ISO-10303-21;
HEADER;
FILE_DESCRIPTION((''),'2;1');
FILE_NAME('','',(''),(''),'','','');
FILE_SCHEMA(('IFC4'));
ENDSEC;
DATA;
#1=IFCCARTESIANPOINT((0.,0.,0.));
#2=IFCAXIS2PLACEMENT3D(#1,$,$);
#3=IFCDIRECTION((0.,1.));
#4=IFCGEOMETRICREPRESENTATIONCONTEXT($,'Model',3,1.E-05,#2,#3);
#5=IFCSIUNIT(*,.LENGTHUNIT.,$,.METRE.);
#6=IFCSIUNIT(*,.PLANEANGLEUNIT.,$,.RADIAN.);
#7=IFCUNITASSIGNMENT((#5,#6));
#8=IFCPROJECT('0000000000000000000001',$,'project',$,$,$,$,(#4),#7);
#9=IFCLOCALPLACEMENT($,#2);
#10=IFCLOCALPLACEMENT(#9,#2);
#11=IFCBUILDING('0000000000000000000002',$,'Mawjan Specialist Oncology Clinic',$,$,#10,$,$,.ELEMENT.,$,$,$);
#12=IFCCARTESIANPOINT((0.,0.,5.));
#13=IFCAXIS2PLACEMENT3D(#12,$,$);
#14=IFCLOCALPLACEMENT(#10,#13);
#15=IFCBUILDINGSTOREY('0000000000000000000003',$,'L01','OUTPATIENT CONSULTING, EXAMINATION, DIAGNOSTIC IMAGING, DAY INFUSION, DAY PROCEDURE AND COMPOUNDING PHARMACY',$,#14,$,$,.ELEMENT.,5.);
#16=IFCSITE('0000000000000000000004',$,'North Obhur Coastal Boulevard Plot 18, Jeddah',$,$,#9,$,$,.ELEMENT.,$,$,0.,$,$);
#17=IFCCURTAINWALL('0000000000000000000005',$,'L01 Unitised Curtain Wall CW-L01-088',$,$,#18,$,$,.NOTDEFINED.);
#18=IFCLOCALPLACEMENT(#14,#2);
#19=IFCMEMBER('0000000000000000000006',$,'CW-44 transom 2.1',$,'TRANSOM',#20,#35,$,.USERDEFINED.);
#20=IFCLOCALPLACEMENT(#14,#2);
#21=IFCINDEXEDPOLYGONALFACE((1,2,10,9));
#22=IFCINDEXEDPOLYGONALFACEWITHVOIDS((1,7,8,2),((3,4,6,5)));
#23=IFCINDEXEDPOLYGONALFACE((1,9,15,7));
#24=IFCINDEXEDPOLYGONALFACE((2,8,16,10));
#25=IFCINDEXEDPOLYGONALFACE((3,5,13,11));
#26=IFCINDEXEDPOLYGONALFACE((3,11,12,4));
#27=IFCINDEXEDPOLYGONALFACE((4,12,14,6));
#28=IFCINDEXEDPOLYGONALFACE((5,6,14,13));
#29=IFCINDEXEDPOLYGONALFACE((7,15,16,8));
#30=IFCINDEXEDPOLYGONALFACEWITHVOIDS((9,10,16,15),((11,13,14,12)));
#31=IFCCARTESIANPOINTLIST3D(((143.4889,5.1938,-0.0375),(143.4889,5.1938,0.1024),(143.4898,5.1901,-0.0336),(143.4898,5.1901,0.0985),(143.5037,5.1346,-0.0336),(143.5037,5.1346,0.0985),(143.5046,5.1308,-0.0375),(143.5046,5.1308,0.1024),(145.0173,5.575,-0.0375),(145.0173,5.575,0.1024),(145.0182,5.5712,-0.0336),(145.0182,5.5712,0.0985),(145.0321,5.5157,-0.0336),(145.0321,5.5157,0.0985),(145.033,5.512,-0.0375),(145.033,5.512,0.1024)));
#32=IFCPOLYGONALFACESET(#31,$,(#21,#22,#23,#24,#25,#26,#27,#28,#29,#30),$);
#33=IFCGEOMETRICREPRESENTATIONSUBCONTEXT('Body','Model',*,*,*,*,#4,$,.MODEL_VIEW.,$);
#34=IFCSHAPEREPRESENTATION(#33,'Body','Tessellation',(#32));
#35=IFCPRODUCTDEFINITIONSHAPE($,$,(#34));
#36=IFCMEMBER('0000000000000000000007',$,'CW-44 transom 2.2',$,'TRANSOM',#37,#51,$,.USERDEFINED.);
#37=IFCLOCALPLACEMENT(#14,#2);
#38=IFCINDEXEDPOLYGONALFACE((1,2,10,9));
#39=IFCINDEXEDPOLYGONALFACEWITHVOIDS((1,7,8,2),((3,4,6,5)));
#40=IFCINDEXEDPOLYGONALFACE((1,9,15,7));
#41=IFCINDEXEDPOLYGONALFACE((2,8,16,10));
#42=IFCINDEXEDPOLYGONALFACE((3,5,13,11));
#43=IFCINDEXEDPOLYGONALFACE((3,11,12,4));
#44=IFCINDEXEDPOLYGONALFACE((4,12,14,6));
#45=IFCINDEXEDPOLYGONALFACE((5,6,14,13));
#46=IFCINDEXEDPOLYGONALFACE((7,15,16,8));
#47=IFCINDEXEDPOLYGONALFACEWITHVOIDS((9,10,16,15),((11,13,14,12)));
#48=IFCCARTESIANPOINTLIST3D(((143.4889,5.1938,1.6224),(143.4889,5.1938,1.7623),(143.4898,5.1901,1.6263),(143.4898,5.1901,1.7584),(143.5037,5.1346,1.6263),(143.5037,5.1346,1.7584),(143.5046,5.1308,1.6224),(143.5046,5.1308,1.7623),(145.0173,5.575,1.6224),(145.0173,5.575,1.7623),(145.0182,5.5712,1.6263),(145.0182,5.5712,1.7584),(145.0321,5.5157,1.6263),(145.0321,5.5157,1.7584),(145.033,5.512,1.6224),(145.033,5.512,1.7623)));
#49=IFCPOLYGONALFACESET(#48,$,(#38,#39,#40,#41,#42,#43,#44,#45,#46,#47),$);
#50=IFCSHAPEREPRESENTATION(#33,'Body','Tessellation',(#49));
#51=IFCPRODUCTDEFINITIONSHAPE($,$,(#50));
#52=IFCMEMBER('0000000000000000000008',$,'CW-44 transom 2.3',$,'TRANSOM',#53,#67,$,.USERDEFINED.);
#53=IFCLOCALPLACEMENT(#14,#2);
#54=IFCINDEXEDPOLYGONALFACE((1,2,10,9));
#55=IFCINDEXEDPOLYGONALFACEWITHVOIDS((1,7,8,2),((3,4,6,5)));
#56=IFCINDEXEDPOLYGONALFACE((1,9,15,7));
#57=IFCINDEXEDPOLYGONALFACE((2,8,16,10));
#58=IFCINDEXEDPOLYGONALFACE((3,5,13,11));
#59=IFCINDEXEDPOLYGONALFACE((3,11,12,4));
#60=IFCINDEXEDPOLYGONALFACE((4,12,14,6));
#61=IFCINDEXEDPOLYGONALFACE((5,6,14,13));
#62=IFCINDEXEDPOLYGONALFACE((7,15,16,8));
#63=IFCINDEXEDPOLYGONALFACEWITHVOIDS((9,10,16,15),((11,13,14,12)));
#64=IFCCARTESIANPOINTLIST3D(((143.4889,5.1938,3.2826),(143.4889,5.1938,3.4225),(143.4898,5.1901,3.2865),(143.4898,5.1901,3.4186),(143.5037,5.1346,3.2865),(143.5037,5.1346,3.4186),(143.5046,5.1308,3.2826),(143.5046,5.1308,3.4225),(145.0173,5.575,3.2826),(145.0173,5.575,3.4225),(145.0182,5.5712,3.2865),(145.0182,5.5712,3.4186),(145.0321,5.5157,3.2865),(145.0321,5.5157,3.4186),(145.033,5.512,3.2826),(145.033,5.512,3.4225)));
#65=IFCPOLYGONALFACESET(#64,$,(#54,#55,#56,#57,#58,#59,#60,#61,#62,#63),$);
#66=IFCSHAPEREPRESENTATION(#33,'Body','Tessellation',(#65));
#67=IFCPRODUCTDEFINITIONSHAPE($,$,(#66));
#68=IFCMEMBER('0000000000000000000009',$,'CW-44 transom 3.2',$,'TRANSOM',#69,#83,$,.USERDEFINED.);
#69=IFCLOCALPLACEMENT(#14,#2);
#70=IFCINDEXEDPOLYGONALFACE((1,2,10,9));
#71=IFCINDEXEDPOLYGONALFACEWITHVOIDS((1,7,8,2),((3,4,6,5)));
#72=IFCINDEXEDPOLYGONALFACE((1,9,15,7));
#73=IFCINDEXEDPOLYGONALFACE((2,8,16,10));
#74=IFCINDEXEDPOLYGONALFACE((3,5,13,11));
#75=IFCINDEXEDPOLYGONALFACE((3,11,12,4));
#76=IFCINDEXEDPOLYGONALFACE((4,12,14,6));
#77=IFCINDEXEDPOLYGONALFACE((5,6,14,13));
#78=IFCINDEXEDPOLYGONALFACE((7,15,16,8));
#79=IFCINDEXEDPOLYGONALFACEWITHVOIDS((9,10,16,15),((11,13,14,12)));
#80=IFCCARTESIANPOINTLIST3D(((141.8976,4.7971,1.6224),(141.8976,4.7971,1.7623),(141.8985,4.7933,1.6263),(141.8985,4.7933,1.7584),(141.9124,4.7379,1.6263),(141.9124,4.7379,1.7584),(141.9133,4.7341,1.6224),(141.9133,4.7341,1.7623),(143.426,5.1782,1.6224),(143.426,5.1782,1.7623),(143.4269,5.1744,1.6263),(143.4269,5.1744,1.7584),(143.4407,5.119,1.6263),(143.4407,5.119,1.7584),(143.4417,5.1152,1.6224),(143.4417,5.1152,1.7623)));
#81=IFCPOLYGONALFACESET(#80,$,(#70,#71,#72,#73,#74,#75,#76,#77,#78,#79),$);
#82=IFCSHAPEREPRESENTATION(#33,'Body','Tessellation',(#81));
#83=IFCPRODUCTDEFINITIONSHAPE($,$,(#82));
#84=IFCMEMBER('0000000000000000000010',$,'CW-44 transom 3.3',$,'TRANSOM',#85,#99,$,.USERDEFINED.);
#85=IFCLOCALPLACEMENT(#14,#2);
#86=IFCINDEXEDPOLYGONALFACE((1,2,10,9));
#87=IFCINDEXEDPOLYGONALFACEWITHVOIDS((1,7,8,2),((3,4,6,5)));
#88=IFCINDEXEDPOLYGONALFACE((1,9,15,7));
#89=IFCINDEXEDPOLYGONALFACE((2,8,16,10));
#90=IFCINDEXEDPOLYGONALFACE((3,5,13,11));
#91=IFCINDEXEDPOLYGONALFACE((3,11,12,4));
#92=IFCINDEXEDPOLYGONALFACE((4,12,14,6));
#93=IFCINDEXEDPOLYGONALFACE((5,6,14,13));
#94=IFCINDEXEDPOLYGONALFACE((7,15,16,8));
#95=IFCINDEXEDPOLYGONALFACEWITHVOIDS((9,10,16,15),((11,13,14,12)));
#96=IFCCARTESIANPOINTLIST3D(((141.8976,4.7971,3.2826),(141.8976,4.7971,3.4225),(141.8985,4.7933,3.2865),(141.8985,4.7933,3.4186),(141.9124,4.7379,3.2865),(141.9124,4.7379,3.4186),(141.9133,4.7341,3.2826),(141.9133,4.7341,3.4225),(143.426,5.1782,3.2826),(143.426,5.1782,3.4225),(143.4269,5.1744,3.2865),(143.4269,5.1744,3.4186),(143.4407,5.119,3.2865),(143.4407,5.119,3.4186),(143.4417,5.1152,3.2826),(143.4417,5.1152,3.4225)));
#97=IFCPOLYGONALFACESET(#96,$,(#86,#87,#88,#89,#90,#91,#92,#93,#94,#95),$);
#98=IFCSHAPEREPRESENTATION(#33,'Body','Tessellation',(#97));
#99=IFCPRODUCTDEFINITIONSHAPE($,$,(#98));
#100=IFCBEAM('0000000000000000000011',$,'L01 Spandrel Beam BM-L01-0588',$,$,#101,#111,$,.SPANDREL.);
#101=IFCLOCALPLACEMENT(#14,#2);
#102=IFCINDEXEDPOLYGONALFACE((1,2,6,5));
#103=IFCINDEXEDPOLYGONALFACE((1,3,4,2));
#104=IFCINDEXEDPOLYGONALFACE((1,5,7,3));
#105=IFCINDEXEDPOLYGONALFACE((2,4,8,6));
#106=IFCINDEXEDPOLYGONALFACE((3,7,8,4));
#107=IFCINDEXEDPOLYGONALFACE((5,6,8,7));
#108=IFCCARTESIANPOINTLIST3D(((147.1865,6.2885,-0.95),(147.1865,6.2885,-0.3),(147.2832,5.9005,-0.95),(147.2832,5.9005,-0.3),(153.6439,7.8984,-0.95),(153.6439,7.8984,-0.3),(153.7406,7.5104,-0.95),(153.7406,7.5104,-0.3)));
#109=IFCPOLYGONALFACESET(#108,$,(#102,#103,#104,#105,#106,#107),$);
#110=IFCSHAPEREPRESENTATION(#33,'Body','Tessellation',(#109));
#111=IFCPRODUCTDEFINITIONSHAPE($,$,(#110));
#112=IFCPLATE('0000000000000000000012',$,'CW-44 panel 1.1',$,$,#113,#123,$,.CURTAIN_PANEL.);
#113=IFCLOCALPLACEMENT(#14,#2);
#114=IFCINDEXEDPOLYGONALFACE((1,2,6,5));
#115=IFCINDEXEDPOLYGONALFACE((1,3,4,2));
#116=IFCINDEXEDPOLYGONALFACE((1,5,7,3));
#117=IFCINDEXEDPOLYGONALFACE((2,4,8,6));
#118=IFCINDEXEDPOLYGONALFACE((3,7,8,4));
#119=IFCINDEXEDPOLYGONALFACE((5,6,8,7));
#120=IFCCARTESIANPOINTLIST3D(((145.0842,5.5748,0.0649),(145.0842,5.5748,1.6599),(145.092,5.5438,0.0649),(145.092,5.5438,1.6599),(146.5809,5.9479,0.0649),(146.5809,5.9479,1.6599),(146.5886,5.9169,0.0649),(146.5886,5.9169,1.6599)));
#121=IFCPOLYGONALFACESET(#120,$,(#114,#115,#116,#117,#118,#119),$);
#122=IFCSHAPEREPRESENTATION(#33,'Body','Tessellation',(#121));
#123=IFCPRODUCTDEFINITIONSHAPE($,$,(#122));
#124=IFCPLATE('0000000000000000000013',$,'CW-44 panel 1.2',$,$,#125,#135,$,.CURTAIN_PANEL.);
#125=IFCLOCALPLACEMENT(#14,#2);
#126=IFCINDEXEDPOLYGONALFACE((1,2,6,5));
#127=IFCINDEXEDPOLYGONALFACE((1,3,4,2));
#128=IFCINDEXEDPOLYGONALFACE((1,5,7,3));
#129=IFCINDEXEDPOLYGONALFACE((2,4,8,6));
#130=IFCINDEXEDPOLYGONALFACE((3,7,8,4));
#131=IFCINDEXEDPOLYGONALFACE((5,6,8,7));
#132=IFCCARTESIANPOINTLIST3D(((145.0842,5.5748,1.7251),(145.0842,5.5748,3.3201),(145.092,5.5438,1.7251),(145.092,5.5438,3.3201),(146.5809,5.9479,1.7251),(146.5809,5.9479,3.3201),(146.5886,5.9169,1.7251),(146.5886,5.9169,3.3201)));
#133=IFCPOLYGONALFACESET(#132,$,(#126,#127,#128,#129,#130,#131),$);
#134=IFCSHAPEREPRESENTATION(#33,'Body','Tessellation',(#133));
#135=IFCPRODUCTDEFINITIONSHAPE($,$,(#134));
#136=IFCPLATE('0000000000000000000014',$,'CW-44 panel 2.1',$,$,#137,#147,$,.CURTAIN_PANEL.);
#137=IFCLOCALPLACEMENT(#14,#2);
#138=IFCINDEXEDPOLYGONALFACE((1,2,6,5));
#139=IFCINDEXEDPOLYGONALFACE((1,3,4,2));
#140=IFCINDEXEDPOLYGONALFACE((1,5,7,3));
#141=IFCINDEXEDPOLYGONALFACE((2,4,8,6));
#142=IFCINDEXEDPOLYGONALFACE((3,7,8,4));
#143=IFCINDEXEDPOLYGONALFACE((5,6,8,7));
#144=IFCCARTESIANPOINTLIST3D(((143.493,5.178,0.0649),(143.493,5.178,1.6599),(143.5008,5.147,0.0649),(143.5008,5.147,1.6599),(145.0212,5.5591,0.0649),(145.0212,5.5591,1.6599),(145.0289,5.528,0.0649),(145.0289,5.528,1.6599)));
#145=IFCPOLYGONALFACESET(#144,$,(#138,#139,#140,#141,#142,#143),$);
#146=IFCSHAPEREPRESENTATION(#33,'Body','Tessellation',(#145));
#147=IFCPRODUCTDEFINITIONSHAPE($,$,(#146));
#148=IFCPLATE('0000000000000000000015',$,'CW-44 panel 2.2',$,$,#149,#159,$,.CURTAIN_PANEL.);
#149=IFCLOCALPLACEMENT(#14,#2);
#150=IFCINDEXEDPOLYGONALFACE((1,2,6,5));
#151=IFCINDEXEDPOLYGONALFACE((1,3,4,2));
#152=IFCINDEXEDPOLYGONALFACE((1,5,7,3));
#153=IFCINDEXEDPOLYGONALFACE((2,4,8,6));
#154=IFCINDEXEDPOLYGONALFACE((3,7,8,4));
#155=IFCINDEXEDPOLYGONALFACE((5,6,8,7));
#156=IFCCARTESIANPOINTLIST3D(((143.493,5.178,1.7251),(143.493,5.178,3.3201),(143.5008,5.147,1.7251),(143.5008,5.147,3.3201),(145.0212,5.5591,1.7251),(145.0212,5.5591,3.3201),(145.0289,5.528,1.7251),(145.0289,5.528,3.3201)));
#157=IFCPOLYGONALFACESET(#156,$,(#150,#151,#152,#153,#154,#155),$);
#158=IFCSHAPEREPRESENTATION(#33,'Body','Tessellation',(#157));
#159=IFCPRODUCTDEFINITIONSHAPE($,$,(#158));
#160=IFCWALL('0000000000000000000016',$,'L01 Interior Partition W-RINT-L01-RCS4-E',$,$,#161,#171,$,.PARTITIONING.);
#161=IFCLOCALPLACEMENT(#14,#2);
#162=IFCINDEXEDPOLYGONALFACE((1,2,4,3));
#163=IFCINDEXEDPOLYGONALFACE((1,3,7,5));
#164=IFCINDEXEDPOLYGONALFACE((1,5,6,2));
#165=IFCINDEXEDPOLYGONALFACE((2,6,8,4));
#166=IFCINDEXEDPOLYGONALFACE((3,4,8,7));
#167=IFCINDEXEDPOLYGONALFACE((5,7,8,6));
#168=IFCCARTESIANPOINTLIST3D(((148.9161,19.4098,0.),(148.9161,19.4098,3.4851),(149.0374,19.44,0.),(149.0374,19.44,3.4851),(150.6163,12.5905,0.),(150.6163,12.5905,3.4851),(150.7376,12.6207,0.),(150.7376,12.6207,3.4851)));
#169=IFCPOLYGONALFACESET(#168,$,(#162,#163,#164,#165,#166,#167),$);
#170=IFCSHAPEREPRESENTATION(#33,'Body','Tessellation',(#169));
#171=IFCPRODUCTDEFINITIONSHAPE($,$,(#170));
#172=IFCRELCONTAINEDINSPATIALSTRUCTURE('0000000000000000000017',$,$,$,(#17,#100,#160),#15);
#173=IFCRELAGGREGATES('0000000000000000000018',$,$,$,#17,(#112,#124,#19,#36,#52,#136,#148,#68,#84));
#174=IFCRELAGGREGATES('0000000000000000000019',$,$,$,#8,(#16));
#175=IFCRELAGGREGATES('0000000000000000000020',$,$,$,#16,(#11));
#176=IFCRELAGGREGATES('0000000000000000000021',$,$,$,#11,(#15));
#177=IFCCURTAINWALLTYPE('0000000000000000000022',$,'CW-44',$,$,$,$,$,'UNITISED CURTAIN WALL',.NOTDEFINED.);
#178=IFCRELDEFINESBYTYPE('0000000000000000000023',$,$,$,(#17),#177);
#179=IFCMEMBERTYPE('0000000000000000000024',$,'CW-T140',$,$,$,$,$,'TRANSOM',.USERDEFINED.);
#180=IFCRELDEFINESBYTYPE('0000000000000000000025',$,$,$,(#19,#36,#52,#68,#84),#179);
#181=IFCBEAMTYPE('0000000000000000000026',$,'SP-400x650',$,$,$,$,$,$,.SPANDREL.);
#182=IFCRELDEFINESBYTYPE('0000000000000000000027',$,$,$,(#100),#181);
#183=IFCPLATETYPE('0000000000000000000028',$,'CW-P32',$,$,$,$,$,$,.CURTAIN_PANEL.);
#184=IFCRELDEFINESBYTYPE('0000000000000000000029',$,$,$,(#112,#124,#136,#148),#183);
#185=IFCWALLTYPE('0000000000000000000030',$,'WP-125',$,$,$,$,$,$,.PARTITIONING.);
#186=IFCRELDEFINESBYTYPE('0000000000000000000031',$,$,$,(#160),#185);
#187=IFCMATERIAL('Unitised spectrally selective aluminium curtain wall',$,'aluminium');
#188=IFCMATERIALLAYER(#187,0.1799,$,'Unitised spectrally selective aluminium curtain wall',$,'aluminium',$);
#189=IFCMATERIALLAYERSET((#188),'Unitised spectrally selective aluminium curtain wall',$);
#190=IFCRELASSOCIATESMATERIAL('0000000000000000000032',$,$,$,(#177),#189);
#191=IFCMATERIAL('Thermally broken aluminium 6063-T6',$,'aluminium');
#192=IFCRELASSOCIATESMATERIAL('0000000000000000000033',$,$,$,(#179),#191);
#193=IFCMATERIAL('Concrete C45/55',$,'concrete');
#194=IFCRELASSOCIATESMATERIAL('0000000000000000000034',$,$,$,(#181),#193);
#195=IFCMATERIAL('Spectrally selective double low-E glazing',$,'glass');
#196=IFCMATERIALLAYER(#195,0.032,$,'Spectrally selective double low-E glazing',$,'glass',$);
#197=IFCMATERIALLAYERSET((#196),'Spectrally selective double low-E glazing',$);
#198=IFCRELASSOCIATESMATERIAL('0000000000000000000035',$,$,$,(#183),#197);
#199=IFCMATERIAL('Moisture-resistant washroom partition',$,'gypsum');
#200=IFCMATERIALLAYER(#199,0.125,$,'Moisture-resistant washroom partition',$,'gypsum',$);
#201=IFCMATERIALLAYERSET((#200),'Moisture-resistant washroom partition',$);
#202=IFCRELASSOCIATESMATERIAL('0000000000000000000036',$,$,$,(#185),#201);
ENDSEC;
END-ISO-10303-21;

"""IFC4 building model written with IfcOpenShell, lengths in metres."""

from ifc_helpers import new_model, si_unit, direction, frame, frame_2d, origin, origin_2d, place, context, subcontext, project, spatial, rectangle, hollow_rectangle, extrude, material, layer, layer_set, material_profile, profile_set, type_object, element, aggregate, save


model = new_model("IFC4")

# Units and contexts
model_context = context("Model", 3, precision=1e-05, world=origin(), true_north=direction((0.0, 1.0)))
body_context = subcontext(model_context, "Body", "Model", "MODEL_VIEW")
ifc_project = project(units=[si_unit("LENGTHUNIT", "METRE"), si_unit("PLANEANGLEUNIT", "RADIAN")], contexts=[model_context])

# Site, building, storey
site_placement = place(None, origin())
site = spatial("IfcSite", under=ifc_project, at=site_placement, Name="North Obhur Coastal Boulevard Plot 18, Jeddah", CompositionType="ELEMENT", RefElevation=0.0)
building_placement = place(site_placement, origin())
building = spatial("IfcBuilding", under=site, at=building_placement, Name="Mawjan Specialist Oncology Clinic", CompositionType="ELEMENT")
storey_placement = place(building_placement, frame((0.0, 0.0, 5.0)))
storey = spatial("IfcBuildingStorey", under=building, at=storey_placement, Name="L01", Description="OUTPATIENT CONSULTING, EXAMINATION, DIAGNOSTIC IMAGING, DAY INFUSION, DAY PROCEDURE AND COMPOUNDING PHARMACY", CompositionType="ELEMENT", Elevation=5.0)

# Curtain wall, members
ifc_material_1 = material(Name="Unitised spectrally selective aluminium curtain wall", Category="aluminium")
ifc_layer_1 = layer(ifc_material_1, 0.1799, Name="Unitised spectrally selective aluminium curtain wall", Category="aluminium")
ifc_layer_set_1 = layer_set([ifc_layer_1], Name="Unitised spectrally selective aluminium curtain wall")
curtain_wall_type = type_object("IfcCurtainWallType", Name="CW-44", ElementType="UNITISED CURTAIN WALL", PredefinedType="NOTDEFINED", material=ifc_layer_set_1)
curtain_wall_placement = place(storey_placement, origin())
curtain_wall = element("IfcCurtainWall", 1, at=curtain_wall_placement, inside=storey, type_object=curtain_wall_type, Name="L01 Unitised Curtain Wall CW-L01-088", PredefinedType="NOTDEFINED")
ifc_material_2 = material(Name="Thermally broken aluminium 6063-T6", Category="aluminium")
ifc_material_profile_1 = material_profile(ifc_material_2, hollow_rectangle(XDim=0.0649, YDim=0.1399, WallThickness=0.0039, at=origin_2d()), Name="ALU TRANSOM 140x65x4", Category="aluminium")
ifc_profile_set_1 = profile_set([ifc_material_profile_1], Name="Thermally broken aluminium 6063-T6")
member_type_1 = type_object("IfcMemberType", Name="CW-T140", ElementType="TRANSOM", PredefinedType="USERDEFINED", material=ifc_profile_set_1)
member_1_placement = place(storey_placement, frame((145.0251, 5.5435, 0.0325), z_axis=(-0.970288, -0.241952, 0.0), x_axis=(0.241952, -0.970288, 0.0)))
member_1 = element("IfcMember", 2, at=member_1_placement, type_object=member_type_1, Name="CW-44 transom 2.1", ObjectType="TRANSOM", PredefinedType="USERDEFINED", context=body_context, shape_type="SweptSolid", body=[
    extrude(hollow_rectangle(XDim=0.0649, YDim=0.1399, WallThickness=0.0039, at=origin_2d()), origin(), (0.0, 0.0, 1.0), 1.5752),
])
member_2_placement = place(storey_placement, frame((145.0251, 5.5435, 1.6924), z_axis=(-0.970288, -0.241952, 0.0), x_axis=(0.241952, -0.970288, 0.0)))
member_2 = element("IfcMember", 3, at=member_2_placement, type_object=member_type_1, Name="CW-44 transom 2.2", ObjectType="TRANSOM", PredefinedType="USERDEFINED", context=body_context, shape_type="SweptSolid", body=[
    extrude(hollow_rectangle(XDim=0.0649, YDim=0.1399, WallThickness=0.0039, at=origin_2d()), origin(), (0.0, 0.0, 1.0), 1.5752),
])
member_3_placement = place(storey_placement, frame((145.0251, 5.5435, 3.3525), z_axis=(-0.970288, -0.241952, 0.0), x_axis=(0.241952, -0.970288, 0.0)))
member_3 = element("IfcMember", 4, at=member_3_placement, type_object=member_type_1, Name="CW-44 transom 2.3", ObjectType="TRANSOM", PredefinedType="USERDEFINED", context=body_context, shape_type="SweptSolid", body=[
    extrude(hollow_rectangle(XDim=0.0649, YDim=0.1399, WallThickness=0.0039, at=origin_2d()), origin(), (0.0, 0.0, 1.0), 1.5752),
])
member_4_placement = place(storey_placement, frame((143.4338, 5.1467, 1.6924), z_axis=(-0.970288, -0.241952, 0.0), x_axis=(0.241952, -0.970288, 0.0)))
member_4 = element("IfcMember", 5, at=member_4_placement, type_object=member_type_1, Name="CW-44 transom 3.2", ObjectType="TRANSOM", PredefinedType="USERDEFINED", context=body_context, shape_type="SweptSolid", body=[
    extrude(hollow_rectangle(XDim=0.0649, YDim=0.1399, WallThickness=0.0039, at=origin_2d()), origin(), (0.0, 0.0, 1.0), 1.5752),
])
member_5_placement = place(storey_placement, frame((143.4338, 5.1467, 3.3525), z_axis=(-0.970288, -0.241952, 0.0), x_axis=(0.241952, -0.970288, 0.0)))
member_5 = element("IfcMember", 6, at=member_5_placement, type_object=member_type_1, Name="CW-44 transom 3.3", ObjectType="TRANSOM", PredefinedType="USERDEFINED", context=body_context, shape_type="SweptSolid", body=[
    extrude(hollow_rectangle(XDim=0.0649, YDim=0.1399, WallThickness=0.0039, at=origin_2d()), origin(), (0.0, 0.0, 1.0), 1.5752),
])

# Beam
ifc_material_3 = material(Name="Concrete C45/55", Category="concrete")
ifc_material_profile_2 = material_profile(ifc_material_3, rectangle(XDim=0.3999, YDim=0.6499, at=origin_2d()), Name="RC BM 400x650", Category="concrete")
ifc_profile_set_2 = profile_set([ifc_material_profile_2], Name="Concrete C45/55")
beam_type_1 = type_object("IfcBeamType", Name="SP-400x650", PredefinedType="SPANDREL", material=ifc_profile_set_2)
beam_1_placement = place(storey_placement, frame((147.2349, 6.0945, -0.625), z_axis=(0.9703, 0.241905, 0.0), x_axis=(-0.241905, 0.9703, 0.0)))
element("IfcBeam", 7, at=beam_1_placement, inside=storey, type_object=beam_type_1, Name="L01 Spandrel Beam BM-L01-0588", PredefinedType="SPANDREL", context=body_context, shape_type="SweptSolid", body=[
    extrude(rectangle(XDim=0.3999, YDim=0.6499, at=origin_2d()), origin(), (0.0, 0.0, 1.0), 6.655),
])

# Plates
ifc_material_4 = material(Name="Spectrally selective double low-E glazing", Category="glass")
ifc_layer_2 = layer(ifc_material_4, 0.032, Name="Spectrally selective double low-E glazing", Category="glass")
ifc_layer_set_2 = layer_set([ifc_layer_2], Name="Spectrally selective double low-E glazing")
plate_type = type_object("IfcPlateType", Name="CW-P32", PredefinedType="CURTAIN_PANEL", material=ifc_layer_set_2)
plate_1_placement = place(storey_placement, frame((145.8364, 5.7458, 0.0649), z_axis=(0.0, 0.0, 1.0), x_axis=(-0.970296, -0.241922, 0.0)))
plate_1 = element("IfcPlate", 8, at=plate_1_placement, type_object=plate_type, Name="CW-44 panel 1.1", PredefinedType="CURTAIN_PANEL", context=body_context, shape_type="SweptSolid", body=[
    extrude(rectangle(XDim=1.5425, YDim=0.032, at=origin_2d()), origin(), (0.0, 0.0, 1.0), 1.595),
])
plate_2_placement = place(storey_placement, frame((145.8364, 5.7458, 1.7251), z_axis=(0.0, 0.0, 1.0), x_axis=(-0.970296, -0.241922, 0.0)))
plate_2 = element("IfcPlate", 9, at=plate_2_placement, type_object=plate_type, Name="CW-44 panel 1.2", PredefinedType="CURTAIN_PANEL", context=body_context, shape_type="SweptSolid", body=[
    extrude(rectangle(XDim=1.5425, YDim=0.032, at=origin_2d()), origin(), (0.0, 0.0, 1.0), 1.595),
])
plate_3_placement = place(storey_placement, frame((144.261, 5.353, 0.0649), z_axis=(0.0, 0.0, 1.0), x_axis=(-0.970296, -0.241922, 0.0)))
plate_3 = element("IfcPlate", 10, at=plate_3_placement, type_object=plate_type, Name="CW-44 panel 2.1", PredefinedType="CURTAIN_PANEL", context=body_context, shape_type="SweptSolid", body=[
    extrude(rectangle(XDim=1.575, YDim=0.032, at=origin_2d()), origin(), (0.0, 0.0, 1.0), 1.595),
])
plate_4_placement = place(storey_placement, frame((144.261, 5.353, 1.7251), z_axis=(0.0, 0.0, 1.0), x_axis=(-0.970296, -0.241922, 0.0)))
plate_4 = element("IfcPlate", 11, at=plate_4_placement, type_object=plate_type, Name="CW-44 panel 2.2", PredefinedType="CURTAIN_PANEL", context=body_context, shape_type="SweptSolid", body=[
    extrude(rectangle(XDim=1.575, YDim=0.032, at=origin_2d()), origin(), (0.0, 0.0, 1.0), 1.595),
])
aggregate(curtain_wall, [plate_1, plate_2, member_1, member_2, member_3, plate_3, plate_4, member_4, member_5])

# Wall
ifc_material_5 = material(Name="Moisture-resistant washroom partition", Category="gypsum")
ifc_layer_3 = layer(ifc_material_5, 0.125, Name="Moisture-resistant washroom partition", Category="gypsum")
ifc_layer_set_3 = layer_set([ifc_layer_3], Name="Moisture-resistant washroom partition")
wall_type_1 = type_object("IfcWallType", Name="WP-125", PredefinedType="PARTITIONING", material=ifc_layer_set_3)
wall_1_placement = place(storey_placement, frame((150.677, 12.6055, 0.0), z_axis=(0.0, 0.0, 1.0), x_axis=(-0.241914, 0.970298, 0.0)))
element("IfcWall", 12, at=wall_1_placement, inside=storey, type_object=wall_type_1, Name="L01 Interior Partition W-RINT-L01-RCS4-E", PredefinedType="PARTITIONING", context=body_context, shape_type="SweptSolid", body=[
    extrude(rectangle(XDim=7.0281, YDim=0.125, at=frame_2d((3.5142, 0.0))), origin(), (0.0, 0.0, 1.0), 3.4851),
])

save(model, "model.ifc")
